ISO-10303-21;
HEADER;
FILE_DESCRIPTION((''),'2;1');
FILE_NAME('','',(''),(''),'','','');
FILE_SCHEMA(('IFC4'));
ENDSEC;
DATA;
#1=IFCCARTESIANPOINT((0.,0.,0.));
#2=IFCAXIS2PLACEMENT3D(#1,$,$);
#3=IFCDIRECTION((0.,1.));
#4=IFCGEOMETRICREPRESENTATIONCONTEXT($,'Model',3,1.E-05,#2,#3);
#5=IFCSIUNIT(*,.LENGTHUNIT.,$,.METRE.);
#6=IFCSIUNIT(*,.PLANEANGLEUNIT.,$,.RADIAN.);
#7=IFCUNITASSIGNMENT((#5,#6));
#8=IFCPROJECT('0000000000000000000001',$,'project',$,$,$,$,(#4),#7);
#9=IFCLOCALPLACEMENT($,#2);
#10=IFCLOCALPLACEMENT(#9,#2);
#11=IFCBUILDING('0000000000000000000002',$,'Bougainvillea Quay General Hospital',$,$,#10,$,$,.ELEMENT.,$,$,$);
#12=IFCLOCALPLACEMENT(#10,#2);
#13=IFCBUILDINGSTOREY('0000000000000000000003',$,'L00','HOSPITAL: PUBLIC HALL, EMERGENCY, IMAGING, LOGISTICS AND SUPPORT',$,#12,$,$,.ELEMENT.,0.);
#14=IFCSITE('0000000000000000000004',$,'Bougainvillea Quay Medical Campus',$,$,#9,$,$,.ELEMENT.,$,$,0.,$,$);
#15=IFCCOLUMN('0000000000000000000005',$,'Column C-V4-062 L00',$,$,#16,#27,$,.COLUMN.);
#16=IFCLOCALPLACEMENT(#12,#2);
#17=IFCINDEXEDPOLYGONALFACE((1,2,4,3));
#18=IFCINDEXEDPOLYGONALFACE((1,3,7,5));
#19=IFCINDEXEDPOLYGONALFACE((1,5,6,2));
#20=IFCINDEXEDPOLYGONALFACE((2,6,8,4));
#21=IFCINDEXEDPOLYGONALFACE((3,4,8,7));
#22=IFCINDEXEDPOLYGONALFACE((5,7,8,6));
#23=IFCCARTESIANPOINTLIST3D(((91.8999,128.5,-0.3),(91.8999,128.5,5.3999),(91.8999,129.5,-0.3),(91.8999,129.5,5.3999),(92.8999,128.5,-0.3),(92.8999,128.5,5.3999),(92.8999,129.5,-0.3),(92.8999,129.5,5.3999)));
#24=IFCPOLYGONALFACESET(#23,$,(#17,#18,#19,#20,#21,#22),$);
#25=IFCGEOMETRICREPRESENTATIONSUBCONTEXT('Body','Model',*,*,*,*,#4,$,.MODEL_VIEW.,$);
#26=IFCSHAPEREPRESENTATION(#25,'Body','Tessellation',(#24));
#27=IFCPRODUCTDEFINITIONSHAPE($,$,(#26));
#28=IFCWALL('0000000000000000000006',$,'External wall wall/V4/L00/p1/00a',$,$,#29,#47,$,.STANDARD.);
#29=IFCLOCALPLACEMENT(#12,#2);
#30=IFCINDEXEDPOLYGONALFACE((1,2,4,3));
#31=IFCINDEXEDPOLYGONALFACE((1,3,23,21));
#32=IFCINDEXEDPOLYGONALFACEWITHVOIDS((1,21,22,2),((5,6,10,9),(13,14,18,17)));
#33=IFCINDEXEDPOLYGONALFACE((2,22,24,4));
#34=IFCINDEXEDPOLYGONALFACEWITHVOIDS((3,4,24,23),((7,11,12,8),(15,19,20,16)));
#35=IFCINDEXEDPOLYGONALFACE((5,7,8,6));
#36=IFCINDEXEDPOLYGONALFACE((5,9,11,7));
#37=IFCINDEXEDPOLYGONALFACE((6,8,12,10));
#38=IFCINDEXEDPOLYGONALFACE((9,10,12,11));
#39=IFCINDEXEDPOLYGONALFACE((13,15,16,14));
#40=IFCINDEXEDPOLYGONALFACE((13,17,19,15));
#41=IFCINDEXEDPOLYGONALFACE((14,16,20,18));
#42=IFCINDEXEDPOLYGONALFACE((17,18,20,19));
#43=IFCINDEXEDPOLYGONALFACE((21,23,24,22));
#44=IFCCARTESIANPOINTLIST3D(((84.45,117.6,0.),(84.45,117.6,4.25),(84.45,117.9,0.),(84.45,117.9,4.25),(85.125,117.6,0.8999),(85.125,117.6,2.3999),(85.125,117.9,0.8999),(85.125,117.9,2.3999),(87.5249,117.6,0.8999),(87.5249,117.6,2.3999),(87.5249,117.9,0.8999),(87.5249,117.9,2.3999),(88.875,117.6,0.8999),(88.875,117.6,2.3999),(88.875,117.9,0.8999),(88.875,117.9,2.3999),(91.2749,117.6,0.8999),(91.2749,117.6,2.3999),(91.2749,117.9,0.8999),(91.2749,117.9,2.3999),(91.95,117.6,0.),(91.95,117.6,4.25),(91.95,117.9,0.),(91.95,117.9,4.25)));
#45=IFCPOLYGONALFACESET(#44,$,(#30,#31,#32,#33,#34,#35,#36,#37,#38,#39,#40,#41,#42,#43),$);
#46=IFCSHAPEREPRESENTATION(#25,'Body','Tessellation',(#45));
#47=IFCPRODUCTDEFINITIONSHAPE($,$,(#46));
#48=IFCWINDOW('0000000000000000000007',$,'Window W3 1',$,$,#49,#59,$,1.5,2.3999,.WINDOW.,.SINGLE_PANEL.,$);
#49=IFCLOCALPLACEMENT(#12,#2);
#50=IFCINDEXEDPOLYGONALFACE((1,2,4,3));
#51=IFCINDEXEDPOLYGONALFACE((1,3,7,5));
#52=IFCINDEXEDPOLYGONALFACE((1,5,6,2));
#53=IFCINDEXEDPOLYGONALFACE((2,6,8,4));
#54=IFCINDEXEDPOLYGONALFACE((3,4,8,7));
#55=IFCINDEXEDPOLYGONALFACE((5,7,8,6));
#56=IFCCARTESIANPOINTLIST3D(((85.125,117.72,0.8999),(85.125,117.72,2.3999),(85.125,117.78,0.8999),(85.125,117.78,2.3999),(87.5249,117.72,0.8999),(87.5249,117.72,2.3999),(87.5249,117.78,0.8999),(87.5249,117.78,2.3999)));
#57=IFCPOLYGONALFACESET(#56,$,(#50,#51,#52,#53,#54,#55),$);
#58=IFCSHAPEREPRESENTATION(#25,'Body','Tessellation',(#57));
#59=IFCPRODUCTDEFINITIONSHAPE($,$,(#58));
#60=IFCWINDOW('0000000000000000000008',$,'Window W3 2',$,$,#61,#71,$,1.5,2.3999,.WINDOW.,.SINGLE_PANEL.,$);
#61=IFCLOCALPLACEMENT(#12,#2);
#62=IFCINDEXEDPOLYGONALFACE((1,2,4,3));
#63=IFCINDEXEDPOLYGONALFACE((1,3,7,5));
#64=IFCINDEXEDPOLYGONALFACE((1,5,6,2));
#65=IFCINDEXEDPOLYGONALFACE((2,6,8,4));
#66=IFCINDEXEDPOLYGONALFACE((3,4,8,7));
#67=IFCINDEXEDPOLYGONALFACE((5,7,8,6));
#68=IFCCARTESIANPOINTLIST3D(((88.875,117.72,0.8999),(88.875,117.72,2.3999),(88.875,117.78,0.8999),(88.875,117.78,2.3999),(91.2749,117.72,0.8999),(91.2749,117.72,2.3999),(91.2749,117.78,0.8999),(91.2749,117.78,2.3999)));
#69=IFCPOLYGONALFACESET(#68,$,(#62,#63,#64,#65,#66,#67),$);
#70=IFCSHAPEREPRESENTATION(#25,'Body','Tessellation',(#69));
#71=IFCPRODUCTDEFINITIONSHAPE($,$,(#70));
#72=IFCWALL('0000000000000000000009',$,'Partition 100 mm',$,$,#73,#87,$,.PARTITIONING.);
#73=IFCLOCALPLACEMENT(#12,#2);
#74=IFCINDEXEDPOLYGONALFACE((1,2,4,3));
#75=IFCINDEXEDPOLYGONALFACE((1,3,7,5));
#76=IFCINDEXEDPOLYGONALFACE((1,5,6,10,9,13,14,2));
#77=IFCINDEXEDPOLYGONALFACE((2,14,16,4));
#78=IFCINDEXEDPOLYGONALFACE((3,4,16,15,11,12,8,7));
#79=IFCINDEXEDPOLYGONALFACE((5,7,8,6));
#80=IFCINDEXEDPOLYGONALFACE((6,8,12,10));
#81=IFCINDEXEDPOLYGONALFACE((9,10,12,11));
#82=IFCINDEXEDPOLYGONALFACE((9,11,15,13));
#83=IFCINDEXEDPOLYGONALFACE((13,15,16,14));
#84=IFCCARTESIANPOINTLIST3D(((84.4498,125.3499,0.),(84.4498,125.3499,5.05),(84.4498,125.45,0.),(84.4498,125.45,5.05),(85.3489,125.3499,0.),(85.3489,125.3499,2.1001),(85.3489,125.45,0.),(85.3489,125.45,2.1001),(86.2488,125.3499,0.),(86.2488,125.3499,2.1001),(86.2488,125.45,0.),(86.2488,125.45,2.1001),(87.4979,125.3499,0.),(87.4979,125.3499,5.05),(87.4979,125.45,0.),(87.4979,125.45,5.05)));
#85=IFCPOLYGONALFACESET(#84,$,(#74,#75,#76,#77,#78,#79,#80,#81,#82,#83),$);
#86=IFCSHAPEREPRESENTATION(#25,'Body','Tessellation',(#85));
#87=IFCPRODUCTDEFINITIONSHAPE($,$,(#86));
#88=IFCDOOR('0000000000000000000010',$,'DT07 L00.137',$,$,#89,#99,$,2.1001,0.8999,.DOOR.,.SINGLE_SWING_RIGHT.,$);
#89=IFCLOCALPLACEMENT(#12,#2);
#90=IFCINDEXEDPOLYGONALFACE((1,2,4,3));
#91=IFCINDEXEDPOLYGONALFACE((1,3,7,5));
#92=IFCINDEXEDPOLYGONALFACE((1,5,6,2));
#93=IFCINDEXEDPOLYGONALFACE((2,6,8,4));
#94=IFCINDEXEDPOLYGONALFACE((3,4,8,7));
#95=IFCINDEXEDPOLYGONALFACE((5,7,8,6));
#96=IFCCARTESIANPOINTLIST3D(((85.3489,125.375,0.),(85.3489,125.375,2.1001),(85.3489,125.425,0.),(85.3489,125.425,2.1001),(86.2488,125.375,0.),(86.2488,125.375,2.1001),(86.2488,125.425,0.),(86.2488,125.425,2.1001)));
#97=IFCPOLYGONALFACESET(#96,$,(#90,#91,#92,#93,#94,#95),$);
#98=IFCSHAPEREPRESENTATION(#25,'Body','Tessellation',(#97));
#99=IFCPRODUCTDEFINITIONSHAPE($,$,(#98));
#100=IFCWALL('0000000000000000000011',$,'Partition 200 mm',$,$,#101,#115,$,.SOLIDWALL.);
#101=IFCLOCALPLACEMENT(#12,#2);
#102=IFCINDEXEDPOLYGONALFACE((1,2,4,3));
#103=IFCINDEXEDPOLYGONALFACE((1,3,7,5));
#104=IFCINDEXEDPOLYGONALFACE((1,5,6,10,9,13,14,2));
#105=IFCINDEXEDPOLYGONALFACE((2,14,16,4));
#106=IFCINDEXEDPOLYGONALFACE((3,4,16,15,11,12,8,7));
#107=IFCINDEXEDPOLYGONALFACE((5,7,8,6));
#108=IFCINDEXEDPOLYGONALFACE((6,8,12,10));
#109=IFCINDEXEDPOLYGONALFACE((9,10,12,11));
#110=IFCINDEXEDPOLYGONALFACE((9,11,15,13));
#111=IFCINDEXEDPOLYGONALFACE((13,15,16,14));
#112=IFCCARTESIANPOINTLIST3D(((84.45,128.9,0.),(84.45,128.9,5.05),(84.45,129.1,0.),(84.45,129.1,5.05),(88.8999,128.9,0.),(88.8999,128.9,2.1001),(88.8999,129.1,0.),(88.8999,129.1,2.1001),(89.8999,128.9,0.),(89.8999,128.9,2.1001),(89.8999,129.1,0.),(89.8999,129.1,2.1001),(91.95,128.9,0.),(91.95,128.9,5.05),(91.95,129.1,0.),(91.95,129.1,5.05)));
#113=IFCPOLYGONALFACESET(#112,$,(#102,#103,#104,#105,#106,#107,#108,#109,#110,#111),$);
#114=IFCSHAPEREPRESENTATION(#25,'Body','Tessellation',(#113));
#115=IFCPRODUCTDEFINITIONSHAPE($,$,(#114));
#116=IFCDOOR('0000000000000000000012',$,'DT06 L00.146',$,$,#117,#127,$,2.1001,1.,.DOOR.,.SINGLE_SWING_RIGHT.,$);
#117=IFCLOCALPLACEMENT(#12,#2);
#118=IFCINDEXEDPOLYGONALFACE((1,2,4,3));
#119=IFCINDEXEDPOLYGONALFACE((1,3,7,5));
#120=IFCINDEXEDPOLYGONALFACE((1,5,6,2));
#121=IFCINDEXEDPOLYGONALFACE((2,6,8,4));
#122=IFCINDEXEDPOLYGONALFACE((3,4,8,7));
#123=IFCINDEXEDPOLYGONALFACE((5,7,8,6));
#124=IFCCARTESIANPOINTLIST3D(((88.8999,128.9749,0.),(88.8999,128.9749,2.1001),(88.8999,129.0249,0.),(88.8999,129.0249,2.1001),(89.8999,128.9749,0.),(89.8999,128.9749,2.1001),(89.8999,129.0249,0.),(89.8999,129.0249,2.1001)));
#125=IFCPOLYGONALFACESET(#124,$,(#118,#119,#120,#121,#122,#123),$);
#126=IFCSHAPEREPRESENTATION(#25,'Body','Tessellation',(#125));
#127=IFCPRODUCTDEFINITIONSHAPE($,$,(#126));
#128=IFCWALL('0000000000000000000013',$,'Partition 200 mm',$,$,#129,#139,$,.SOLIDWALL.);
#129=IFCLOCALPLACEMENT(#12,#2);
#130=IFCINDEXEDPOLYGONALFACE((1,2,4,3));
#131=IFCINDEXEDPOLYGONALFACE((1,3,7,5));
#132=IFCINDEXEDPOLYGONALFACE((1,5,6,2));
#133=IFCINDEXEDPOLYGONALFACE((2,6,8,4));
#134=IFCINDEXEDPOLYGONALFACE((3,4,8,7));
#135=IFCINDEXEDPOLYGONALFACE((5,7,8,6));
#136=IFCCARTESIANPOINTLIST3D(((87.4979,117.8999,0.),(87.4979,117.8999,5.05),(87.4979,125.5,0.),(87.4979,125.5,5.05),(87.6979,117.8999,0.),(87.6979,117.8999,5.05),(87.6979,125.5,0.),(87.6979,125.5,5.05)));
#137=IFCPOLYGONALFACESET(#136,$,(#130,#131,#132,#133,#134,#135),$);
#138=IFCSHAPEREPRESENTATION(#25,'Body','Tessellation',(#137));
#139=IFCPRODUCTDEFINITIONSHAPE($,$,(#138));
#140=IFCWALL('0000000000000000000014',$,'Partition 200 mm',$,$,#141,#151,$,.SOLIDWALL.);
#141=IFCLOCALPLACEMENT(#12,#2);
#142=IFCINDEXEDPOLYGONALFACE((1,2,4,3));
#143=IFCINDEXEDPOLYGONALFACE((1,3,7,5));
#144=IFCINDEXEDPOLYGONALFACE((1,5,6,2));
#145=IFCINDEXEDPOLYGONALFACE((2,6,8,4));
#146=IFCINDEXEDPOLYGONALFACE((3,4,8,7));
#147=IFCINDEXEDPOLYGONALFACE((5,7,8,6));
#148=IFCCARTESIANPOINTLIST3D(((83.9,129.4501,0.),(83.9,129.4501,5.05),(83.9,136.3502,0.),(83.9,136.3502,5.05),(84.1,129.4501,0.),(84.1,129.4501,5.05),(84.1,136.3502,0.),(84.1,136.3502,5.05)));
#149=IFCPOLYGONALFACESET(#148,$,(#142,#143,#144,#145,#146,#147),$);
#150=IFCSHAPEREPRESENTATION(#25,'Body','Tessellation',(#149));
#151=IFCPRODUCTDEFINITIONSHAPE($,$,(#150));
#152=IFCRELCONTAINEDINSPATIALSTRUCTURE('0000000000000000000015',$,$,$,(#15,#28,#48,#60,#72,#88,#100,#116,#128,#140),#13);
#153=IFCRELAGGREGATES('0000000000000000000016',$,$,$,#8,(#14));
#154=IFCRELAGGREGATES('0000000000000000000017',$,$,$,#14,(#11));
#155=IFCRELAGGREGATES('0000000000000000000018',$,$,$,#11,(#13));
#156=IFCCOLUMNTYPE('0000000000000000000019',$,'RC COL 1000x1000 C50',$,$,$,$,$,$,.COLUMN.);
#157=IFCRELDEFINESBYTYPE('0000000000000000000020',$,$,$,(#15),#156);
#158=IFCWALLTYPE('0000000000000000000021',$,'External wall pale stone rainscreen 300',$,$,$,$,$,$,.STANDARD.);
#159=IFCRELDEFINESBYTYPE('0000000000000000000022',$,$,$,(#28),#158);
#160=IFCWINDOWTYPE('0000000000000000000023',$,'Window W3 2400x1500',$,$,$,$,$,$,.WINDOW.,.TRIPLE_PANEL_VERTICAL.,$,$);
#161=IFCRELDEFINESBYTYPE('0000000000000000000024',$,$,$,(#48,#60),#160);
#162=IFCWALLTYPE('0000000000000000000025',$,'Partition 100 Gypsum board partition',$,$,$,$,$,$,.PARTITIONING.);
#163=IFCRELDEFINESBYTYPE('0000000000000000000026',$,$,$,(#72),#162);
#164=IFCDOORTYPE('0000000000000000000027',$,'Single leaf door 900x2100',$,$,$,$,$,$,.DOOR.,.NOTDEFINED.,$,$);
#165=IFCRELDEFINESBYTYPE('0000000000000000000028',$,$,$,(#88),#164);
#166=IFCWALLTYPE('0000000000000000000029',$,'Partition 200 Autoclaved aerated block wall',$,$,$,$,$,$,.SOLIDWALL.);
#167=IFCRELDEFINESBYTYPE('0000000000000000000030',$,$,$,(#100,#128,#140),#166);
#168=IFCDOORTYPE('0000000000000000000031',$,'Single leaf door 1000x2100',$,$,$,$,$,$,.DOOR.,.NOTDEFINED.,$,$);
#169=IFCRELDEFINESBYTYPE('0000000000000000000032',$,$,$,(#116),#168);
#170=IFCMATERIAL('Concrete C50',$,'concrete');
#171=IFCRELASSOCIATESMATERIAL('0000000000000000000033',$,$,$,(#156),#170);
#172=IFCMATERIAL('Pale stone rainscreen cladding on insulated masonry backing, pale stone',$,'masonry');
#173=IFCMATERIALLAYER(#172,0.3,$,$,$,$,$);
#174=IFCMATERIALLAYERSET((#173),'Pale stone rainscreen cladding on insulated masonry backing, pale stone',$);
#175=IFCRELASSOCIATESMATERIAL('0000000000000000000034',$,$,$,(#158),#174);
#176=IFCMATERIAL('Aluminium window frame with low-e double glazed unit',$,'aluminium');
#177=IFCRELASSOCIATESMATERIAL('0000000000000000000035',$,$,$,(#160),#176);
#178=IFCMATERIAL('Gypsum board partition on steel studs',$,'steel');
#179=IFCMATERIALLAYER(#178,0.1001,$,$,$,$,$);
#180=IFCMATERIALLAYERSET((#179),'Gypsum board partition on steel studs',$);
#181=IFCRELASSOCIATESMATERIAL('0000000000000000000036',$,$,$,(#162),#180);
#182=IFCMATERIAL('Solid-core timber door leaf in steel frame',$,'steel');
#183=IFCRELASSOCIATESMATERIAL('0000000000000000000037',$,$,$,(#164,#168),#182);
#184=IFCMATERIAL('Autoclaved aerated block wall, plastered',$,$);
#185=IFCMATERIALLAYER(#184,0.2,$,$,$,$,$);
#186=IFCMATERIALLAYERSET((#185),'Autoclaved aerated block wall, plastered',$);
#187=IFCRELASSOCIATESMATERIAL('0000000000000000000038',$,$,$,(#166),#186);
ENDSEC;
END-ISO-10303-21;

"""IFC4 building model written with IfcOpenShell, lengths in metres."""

from ifc_helpers import new_model, si_unit, direction, frame, frame_2d, origin, origin_2d, place, context, subcontext, project, spatial, rectangle, extrude, material, layer, layer_set, material_profile, profile_set, type_object, element, fill, save


model = new_model("IFC4")

# Units and contexts
model_context = context("Model", 3, precision=1e-05, world=origin(), true_north=direction((0.0, 1.0)))
body_context = subcontext(model_context, "Body", "Model", "MODEL_VIEW")
ifc_project = project(units=[si_unit("LENGTHUNIT", "METRE"), si_unit("PLANEANGLEUNIT", "RADIAN")], contexts=[model_context])

# Site, building, storey
site_placement = place(None, origin())
site = spatial("IfcSite", under=ifc_project, at=site_placement, Name="Bougainvillea Quay Medical Campus", CompositionType="ELEMENT", RefElevation=0.0)
building_placement = place(site_placement, origin())
building = spatial("IfcBuilding", under=site, at=building_placement, Name="Bougainvillea Quay General Hospital", CompositionType="ELEMENT")
storey_placement = place(building_placement, origin())
storey = spatial("IfcBuildingStorey", under=building, at=storey_placement, Name="L00", Description="HOSPITAL: PUBLIC HALL, EMERGENCY, IMAGING, LOGISTICS AND SUPPORT", CompositionType="ELEMENT", Elevation=0.0)

# Column
ifc_material_1 = material(Name="Concrete C50", Category="concrete")
ifc_material_profile_1 = material_profile(ifc_material_1, rectangle(XDim=1.0, YDim=1.0, at=origin_2d()))
ifc_profile_set_1 = profile_set([ifc_material_profile_1], Name="Concrete C50")
column_type = type_object("IfcColumnType", Name="RC COL 1000x1000 C50", PredefinedType="COLUMN", material=ifc_profile_set_1)
for number, where, z_axis, x_axis, name in (
    (1, (92.3999, 129.0, -0.3), (0.0, 0.0, 1.0), (1.0, 0.0, 0.0), "Column C-V4-062 L00"),
):
    element("IfcColumn", number, at=place(storey_placement, frame(where, z_axis=z_axis, x_axis=x_axis)), inside=storey, type_object=column_type, Name=name, PredefinedType="COLUMN", context=body_context, shape_type="SweptSolid", body=[
        extrude(rectangle(XDim=1.0, YDim=1.0, at=origin_2d()), origin(), (0.0, 0.0, 1.0), 5.7),
    ])

# Wall, openings, windows
ifc_material_2 = material(Name="Pale stone rainscreen cladding on insulated masonry backing, pale stone", Category="masonry")
ifc_layer_1 = layer(ifc_material_2, 0.3)
ifc_layer_set_1 = layer_set([ifc_layer_1], Name="Pale stone rainscreen cladding on insulated masonry backing, pale stone")
wall_type_1 = type_object("IfcWallType", Name="External wall pale stone rainscreen 300", PredefinedType="STANDARD", material=ifc_layer_set_1)
wall_1_placement = place(storey_placement, frame((84.45, 117.75, 0.0), z_axis=(0.0, 0.0, 1.0), x_axis=(1.0, 0.0, 0.0)))
wall_1 = element("IfcWall", 2, at=wall_1_placement, inside=storey, type_object=wall_type_1, Name="External wall wall/V4/L00/p1/00a", PredefinedType="STANDARD", context=body_context, shape_type="SweptSolid", body=[
    extrude(rectangle(XDim=7.5, YDim=0.3, at=frame_2d((3.75, 0.0))), origin(), (0.0, 0.0, 1.0), 4.25),
])
opening_1_placement = place(wall_1_placement, frame((0.675, 0.0, 0.8999)))
opening_1 = element("IfcOpeningElement", 3, at=opening_1_placement, cuts=wall_1, PredefinedType="OPENING", context=body_context, shape_type="SweptSolid", body=[
    extrude(rectangle(XDim=2.3999, YDim=1.5, at=frame_2d((1.2, 0.75))), frame((0.0, 0.1599, 0.0), z_axis=(0.0, -1.0, 0.0), x_axis=(1.0, 0.0, 0.0)), (0.0, 0.0, 1.0), 0.3201),
])
opening_2_placement = place(wall_1_placement, frame((4.425, 0.0, 0.8999)))
opening_2 = element("IfcOpeningElement", 4, at=opening_2_placement, cuts=wall_1, PredefinedType="OPENING", context=body_context, shape_type="SweptSolid", body=[
    extrude(rectangle(XDim=2.3999, YDim=1.5, at=frame_2d((1.2, 0.75))), frame((0.0, 0.1599, 0.0), z_axis=(0.0, -1.0, 0.0), x_axis=(1.0, 0.0, 0.0)), (0.0, 0.0, 1.0), 0.3201),
])
ifc_material_3 = material(Name="Aluminium window frame with low-e double glazed unit", Category="aluminium")
window_type = type_object("IfcWindowType", Name="Window W3 2400x1500", PartitioningType="TRIPLE_PANEL_VERTICAL", PredefinedType="WINDOW", material=ifc_material_3)
window_1_placement = place(opening_1_placement, origin())
window_1 = element("IfcWindow", 5, at=window_1_placement, inside=storey, type_object=window_type, Name="Window W3 1", OverallHeight=1.5, OverallWidth=2.3999, PartitioningType="SINGLE_PANEL", PredefinedType="WINDOW", context=body_context, shape_type="SweptSolid", body=[
    extrude(rectangle(XDim=2.3999, YDim=1.5, at=frame_2d((1.2, 0.75))), frame((0.0, 0.03, 0.0), z_axis=(0.0, -1.0, 0.0), x_axis=(1.0, 0.0, 0.0)), (0.0, 0.0, 1.0), 0.0601),
])
fill(opening_1, window_1)
window_2_placement = place(opening_2_placement, origin())
window_2 = element("IfcWindow", 6, at=window_2_placement, inside=storey, type_object=window_type, Name="Window W3 2", OverallHeight=1.5, OverallWidth=2.3999, PartitioningType="SINGLE_PANEL", PredefinedType="WINDOW", context=body_context, shape_type="SweptSolid", body=[
    extrude(rectangle(XDim=2.3999, YDim=1.5, at=frame_2d((1.2, 0.75))), frame((0.0, 0.03, 0.0), z_axis=(0.0, -1.0, 0.0), x_axis=(1.0, 0.0, 0.0)), (0.0, 0.0, 1.0), 0.0601),
])
fill(opening_2, window_2)

# Walls, openings, doors
ifc_material_4 = material(Name="Gypsum board partition on steel studs", Category="steel")
ifc_layer_2 = layer(ifc_material_4, 0.1001)
ifc_layer_set_2 = layer_set([ifc_layer_2], Name="Gypsum board partition on steel studs")
wall_type_2 = type_object("IfcWallType", Name="Partition 100 Gypsum board partition", PredefinedType="PARTITIONING", material=ifc_layer_set_2)
wall_2_placement = place(storey_placement, frame((84.45, 125.3999, 0.0), z_axis=(0.0, 0.0, 1.0), x_axis=(1.0, 0.0, 0.0)))
wall_2 = element("IfcWall", 7, at=wall_2_placement, inside=storey, type_object=wall_type_2, Name="Partition 100 mm", PredefinedType="PARTITIONING", context=body_context, shape_type="SweptSolid", body=[
    extrude(rectangle(XDim=3.0481, YDim=0.1001, at=frame_2d((1.5239, 0.0))), origin(), (0.0, 0.0, 1.0), 5.05),
])
opening_3_placement = place(wall_2_placement, frame((0.8989, 0.0, 0.0)))
opening_3 = element("IfcOpeningElement", 8, at=opening_3_placement, cuts=wall_2, PredefinedType="OPENING", context=body_context, shape_type="SweptSolid", body=[
    extrude(rectangle(XDim=0.8999, YDim=2.1001, at=frame_2d((0.45, 1.05))), frame((0.0, 0.0601, 0.0), z_axis=(0.0, -1.0, 0.0), x_axis=(1.0, 0.0, 0.0)), (0.0, 0.0, 1.0), 0.1201),
])
ifc_material_5 = material(Name="Solid-core timber door leaf in steel frame", Category="steel")
door_type_1 = type_object("IfcDoorType", Name="Single leaf door 900x2100", OperationType="NOTDEFINED", PredefinedType="DOOR", material=ifc_material_5)
door_1_placement = place(opening_3_placement, frame((0.8999, 0.0, 0.0), z_axis=(0.0, 0.0, 1.0), x_axis=(-1.0, 0.0, 0.0)))
door_1 = element("IfcDoor", 9, at=door_1_placement, inside=storey, type_object=door_type_1, Name="DT07 L00.137", OperationType="SINGLE_SWING_RIGHT", OverallHeight=2.1001, OverallWidth=0.8999, PredefinedType="DOOR", context=body_context, shape_type="SweptSolid", body=[
    extrude(rectangle(XDim=0.8999, YDim=2.1001, at=frame_2d((0.45, 1.05))), frame((0.0, 0.0249, 0.0), z_axis=(0.0, -1.0, 0.0), x_axis=(1.0, 0.0, 0.0)), (0.0, 0.0, 1.0), 0.05),
])
fill(opening_3, door_1)
ifc_material_6 = material(Name="Autoclaved aerated block wall, plastered")
ifc_layer_3 = layer(ifc_material_6, 0.2)
ifc_layer_set_3 = layer_set([ifc_layer_3], Name="Autoclaved aerated block wall, plastered")
wall_type_3 = type_object("IfcWallType", Name="Partition 200 Autoclaved aerated block wall", PredefinedType="SOLIDWALL", material=ifc_layer_set_3)
wall_3_placement = place(storey_placement, frame((84.45, 129.0, 0.0), z_axis=(0.0, 0.0, 1.0), x_axis=(1.0, 0.0, 0.0)))
wall_3 = element("IfcWall", 10, at=wall_3_placement, inside=storey, type_object=wall_type_3, Name="Partition 200 mm", PredefinedType="SOLIDWALL", context=body_context, shape_type="SweptSolid", body=[
    extrude(rectangle(XDim=7.5, YDim=0.2, at=frame_2d((3.75, 0.0))), origin(), (0.0, 0.0, 1.0), 5.05),
])
opening_4_placement = place(wall_3_placement, frame((4.45, 0.0, 0.0)))
opening_4 = element("IfcOpeningElement", 11, at=opening_4_placement, cuts=wall_3, PredefinedType="OPENING", context=body_context, shape_type="SweptSolid", body=[
    extrude(rectangle(XDim=1.0, YDim=2.1001, at=frame_2d((0.5, 1.05))), frame((0.0, 0.1099, 0.0), z_axis=(0.0, -1.0, 0.0), x_axis=(1.0, 0.0, 0.0)), (0.0, 0.0, 1.0), 0.22),
])
door_type_2 = type_object("IfcDoorType", Name="Single leaf door 1000x2100", OperationType="NOTDEFINED", PredefinedType="DOOR", material=ifc_material_5)
door_2_placement = place(opening_4_placement, origin())
door_2 = element("IfcDoor", 12, at=door_2_placement, inside=storey, type_object=door_type_2, Name="DT06 L00.146", OperationType="SINGLE_SWING_RIGHT", OverallHeight=2.1001, OverallWidth=1.0, PredefinedType="DOOR", context=body_context, shape_type="SweptSolid", body=[
    extrude(rectangle(XDim=1.0, YDim=2.1001, at=frame_2d((0.5, 1.05))), frame((0.0, 0.0249, 0.0), z_axis=(0.0, -1.0, 0.0), x_axis=(1.0, 0.0, 0.0)), (0.0, 0.0, 1.0), 0.05),
])
fill(opening_4, door_2)

# Walls
wall_4_placement = place(storey_placement, frame((87.5979, 117.8999, 0.0), z_axis=(0.0, 0.0, 1.0), x_axis=(0.0, 1.0, 0.0)))
element("IfcWall", 13, at=wall_4_placement, inside=storey, type_object=wall_type_3, Name="Partition 200 mm", PredefinedType="SOLIDWALL", context=body_context, shape_type="SweptSolid", body=[
    extrude(rectangle(XDim=7.6001, YDim=0.2, at=frame_2d((3.8, 0.0))), origin(), (0.0, 0.0, 1.0), 5.05),
])
wall_5_placement = place(storey_placement, frame((84.0, 129.45, 0.0), z_axis=(0.0, 0.0, 1.0), x_axis=(0.0, 1.0, 0.0)))
element("IfcWall", 14, at=wall_5_placement, inside=storey, type_object=wall_type_3, Name="Partition 200 mm", PredefinedType="SOLIDWALL", context=body_context, shape_type="SweptSolid", body=[
    extrude(rectangle(XDim=6.9001, YDim=0.2, at=frame_2d((3.4502, 0.0))), origin(), (0.0, 0.0, 1.0), 5.05),
])

save(model, "model.ifc")
